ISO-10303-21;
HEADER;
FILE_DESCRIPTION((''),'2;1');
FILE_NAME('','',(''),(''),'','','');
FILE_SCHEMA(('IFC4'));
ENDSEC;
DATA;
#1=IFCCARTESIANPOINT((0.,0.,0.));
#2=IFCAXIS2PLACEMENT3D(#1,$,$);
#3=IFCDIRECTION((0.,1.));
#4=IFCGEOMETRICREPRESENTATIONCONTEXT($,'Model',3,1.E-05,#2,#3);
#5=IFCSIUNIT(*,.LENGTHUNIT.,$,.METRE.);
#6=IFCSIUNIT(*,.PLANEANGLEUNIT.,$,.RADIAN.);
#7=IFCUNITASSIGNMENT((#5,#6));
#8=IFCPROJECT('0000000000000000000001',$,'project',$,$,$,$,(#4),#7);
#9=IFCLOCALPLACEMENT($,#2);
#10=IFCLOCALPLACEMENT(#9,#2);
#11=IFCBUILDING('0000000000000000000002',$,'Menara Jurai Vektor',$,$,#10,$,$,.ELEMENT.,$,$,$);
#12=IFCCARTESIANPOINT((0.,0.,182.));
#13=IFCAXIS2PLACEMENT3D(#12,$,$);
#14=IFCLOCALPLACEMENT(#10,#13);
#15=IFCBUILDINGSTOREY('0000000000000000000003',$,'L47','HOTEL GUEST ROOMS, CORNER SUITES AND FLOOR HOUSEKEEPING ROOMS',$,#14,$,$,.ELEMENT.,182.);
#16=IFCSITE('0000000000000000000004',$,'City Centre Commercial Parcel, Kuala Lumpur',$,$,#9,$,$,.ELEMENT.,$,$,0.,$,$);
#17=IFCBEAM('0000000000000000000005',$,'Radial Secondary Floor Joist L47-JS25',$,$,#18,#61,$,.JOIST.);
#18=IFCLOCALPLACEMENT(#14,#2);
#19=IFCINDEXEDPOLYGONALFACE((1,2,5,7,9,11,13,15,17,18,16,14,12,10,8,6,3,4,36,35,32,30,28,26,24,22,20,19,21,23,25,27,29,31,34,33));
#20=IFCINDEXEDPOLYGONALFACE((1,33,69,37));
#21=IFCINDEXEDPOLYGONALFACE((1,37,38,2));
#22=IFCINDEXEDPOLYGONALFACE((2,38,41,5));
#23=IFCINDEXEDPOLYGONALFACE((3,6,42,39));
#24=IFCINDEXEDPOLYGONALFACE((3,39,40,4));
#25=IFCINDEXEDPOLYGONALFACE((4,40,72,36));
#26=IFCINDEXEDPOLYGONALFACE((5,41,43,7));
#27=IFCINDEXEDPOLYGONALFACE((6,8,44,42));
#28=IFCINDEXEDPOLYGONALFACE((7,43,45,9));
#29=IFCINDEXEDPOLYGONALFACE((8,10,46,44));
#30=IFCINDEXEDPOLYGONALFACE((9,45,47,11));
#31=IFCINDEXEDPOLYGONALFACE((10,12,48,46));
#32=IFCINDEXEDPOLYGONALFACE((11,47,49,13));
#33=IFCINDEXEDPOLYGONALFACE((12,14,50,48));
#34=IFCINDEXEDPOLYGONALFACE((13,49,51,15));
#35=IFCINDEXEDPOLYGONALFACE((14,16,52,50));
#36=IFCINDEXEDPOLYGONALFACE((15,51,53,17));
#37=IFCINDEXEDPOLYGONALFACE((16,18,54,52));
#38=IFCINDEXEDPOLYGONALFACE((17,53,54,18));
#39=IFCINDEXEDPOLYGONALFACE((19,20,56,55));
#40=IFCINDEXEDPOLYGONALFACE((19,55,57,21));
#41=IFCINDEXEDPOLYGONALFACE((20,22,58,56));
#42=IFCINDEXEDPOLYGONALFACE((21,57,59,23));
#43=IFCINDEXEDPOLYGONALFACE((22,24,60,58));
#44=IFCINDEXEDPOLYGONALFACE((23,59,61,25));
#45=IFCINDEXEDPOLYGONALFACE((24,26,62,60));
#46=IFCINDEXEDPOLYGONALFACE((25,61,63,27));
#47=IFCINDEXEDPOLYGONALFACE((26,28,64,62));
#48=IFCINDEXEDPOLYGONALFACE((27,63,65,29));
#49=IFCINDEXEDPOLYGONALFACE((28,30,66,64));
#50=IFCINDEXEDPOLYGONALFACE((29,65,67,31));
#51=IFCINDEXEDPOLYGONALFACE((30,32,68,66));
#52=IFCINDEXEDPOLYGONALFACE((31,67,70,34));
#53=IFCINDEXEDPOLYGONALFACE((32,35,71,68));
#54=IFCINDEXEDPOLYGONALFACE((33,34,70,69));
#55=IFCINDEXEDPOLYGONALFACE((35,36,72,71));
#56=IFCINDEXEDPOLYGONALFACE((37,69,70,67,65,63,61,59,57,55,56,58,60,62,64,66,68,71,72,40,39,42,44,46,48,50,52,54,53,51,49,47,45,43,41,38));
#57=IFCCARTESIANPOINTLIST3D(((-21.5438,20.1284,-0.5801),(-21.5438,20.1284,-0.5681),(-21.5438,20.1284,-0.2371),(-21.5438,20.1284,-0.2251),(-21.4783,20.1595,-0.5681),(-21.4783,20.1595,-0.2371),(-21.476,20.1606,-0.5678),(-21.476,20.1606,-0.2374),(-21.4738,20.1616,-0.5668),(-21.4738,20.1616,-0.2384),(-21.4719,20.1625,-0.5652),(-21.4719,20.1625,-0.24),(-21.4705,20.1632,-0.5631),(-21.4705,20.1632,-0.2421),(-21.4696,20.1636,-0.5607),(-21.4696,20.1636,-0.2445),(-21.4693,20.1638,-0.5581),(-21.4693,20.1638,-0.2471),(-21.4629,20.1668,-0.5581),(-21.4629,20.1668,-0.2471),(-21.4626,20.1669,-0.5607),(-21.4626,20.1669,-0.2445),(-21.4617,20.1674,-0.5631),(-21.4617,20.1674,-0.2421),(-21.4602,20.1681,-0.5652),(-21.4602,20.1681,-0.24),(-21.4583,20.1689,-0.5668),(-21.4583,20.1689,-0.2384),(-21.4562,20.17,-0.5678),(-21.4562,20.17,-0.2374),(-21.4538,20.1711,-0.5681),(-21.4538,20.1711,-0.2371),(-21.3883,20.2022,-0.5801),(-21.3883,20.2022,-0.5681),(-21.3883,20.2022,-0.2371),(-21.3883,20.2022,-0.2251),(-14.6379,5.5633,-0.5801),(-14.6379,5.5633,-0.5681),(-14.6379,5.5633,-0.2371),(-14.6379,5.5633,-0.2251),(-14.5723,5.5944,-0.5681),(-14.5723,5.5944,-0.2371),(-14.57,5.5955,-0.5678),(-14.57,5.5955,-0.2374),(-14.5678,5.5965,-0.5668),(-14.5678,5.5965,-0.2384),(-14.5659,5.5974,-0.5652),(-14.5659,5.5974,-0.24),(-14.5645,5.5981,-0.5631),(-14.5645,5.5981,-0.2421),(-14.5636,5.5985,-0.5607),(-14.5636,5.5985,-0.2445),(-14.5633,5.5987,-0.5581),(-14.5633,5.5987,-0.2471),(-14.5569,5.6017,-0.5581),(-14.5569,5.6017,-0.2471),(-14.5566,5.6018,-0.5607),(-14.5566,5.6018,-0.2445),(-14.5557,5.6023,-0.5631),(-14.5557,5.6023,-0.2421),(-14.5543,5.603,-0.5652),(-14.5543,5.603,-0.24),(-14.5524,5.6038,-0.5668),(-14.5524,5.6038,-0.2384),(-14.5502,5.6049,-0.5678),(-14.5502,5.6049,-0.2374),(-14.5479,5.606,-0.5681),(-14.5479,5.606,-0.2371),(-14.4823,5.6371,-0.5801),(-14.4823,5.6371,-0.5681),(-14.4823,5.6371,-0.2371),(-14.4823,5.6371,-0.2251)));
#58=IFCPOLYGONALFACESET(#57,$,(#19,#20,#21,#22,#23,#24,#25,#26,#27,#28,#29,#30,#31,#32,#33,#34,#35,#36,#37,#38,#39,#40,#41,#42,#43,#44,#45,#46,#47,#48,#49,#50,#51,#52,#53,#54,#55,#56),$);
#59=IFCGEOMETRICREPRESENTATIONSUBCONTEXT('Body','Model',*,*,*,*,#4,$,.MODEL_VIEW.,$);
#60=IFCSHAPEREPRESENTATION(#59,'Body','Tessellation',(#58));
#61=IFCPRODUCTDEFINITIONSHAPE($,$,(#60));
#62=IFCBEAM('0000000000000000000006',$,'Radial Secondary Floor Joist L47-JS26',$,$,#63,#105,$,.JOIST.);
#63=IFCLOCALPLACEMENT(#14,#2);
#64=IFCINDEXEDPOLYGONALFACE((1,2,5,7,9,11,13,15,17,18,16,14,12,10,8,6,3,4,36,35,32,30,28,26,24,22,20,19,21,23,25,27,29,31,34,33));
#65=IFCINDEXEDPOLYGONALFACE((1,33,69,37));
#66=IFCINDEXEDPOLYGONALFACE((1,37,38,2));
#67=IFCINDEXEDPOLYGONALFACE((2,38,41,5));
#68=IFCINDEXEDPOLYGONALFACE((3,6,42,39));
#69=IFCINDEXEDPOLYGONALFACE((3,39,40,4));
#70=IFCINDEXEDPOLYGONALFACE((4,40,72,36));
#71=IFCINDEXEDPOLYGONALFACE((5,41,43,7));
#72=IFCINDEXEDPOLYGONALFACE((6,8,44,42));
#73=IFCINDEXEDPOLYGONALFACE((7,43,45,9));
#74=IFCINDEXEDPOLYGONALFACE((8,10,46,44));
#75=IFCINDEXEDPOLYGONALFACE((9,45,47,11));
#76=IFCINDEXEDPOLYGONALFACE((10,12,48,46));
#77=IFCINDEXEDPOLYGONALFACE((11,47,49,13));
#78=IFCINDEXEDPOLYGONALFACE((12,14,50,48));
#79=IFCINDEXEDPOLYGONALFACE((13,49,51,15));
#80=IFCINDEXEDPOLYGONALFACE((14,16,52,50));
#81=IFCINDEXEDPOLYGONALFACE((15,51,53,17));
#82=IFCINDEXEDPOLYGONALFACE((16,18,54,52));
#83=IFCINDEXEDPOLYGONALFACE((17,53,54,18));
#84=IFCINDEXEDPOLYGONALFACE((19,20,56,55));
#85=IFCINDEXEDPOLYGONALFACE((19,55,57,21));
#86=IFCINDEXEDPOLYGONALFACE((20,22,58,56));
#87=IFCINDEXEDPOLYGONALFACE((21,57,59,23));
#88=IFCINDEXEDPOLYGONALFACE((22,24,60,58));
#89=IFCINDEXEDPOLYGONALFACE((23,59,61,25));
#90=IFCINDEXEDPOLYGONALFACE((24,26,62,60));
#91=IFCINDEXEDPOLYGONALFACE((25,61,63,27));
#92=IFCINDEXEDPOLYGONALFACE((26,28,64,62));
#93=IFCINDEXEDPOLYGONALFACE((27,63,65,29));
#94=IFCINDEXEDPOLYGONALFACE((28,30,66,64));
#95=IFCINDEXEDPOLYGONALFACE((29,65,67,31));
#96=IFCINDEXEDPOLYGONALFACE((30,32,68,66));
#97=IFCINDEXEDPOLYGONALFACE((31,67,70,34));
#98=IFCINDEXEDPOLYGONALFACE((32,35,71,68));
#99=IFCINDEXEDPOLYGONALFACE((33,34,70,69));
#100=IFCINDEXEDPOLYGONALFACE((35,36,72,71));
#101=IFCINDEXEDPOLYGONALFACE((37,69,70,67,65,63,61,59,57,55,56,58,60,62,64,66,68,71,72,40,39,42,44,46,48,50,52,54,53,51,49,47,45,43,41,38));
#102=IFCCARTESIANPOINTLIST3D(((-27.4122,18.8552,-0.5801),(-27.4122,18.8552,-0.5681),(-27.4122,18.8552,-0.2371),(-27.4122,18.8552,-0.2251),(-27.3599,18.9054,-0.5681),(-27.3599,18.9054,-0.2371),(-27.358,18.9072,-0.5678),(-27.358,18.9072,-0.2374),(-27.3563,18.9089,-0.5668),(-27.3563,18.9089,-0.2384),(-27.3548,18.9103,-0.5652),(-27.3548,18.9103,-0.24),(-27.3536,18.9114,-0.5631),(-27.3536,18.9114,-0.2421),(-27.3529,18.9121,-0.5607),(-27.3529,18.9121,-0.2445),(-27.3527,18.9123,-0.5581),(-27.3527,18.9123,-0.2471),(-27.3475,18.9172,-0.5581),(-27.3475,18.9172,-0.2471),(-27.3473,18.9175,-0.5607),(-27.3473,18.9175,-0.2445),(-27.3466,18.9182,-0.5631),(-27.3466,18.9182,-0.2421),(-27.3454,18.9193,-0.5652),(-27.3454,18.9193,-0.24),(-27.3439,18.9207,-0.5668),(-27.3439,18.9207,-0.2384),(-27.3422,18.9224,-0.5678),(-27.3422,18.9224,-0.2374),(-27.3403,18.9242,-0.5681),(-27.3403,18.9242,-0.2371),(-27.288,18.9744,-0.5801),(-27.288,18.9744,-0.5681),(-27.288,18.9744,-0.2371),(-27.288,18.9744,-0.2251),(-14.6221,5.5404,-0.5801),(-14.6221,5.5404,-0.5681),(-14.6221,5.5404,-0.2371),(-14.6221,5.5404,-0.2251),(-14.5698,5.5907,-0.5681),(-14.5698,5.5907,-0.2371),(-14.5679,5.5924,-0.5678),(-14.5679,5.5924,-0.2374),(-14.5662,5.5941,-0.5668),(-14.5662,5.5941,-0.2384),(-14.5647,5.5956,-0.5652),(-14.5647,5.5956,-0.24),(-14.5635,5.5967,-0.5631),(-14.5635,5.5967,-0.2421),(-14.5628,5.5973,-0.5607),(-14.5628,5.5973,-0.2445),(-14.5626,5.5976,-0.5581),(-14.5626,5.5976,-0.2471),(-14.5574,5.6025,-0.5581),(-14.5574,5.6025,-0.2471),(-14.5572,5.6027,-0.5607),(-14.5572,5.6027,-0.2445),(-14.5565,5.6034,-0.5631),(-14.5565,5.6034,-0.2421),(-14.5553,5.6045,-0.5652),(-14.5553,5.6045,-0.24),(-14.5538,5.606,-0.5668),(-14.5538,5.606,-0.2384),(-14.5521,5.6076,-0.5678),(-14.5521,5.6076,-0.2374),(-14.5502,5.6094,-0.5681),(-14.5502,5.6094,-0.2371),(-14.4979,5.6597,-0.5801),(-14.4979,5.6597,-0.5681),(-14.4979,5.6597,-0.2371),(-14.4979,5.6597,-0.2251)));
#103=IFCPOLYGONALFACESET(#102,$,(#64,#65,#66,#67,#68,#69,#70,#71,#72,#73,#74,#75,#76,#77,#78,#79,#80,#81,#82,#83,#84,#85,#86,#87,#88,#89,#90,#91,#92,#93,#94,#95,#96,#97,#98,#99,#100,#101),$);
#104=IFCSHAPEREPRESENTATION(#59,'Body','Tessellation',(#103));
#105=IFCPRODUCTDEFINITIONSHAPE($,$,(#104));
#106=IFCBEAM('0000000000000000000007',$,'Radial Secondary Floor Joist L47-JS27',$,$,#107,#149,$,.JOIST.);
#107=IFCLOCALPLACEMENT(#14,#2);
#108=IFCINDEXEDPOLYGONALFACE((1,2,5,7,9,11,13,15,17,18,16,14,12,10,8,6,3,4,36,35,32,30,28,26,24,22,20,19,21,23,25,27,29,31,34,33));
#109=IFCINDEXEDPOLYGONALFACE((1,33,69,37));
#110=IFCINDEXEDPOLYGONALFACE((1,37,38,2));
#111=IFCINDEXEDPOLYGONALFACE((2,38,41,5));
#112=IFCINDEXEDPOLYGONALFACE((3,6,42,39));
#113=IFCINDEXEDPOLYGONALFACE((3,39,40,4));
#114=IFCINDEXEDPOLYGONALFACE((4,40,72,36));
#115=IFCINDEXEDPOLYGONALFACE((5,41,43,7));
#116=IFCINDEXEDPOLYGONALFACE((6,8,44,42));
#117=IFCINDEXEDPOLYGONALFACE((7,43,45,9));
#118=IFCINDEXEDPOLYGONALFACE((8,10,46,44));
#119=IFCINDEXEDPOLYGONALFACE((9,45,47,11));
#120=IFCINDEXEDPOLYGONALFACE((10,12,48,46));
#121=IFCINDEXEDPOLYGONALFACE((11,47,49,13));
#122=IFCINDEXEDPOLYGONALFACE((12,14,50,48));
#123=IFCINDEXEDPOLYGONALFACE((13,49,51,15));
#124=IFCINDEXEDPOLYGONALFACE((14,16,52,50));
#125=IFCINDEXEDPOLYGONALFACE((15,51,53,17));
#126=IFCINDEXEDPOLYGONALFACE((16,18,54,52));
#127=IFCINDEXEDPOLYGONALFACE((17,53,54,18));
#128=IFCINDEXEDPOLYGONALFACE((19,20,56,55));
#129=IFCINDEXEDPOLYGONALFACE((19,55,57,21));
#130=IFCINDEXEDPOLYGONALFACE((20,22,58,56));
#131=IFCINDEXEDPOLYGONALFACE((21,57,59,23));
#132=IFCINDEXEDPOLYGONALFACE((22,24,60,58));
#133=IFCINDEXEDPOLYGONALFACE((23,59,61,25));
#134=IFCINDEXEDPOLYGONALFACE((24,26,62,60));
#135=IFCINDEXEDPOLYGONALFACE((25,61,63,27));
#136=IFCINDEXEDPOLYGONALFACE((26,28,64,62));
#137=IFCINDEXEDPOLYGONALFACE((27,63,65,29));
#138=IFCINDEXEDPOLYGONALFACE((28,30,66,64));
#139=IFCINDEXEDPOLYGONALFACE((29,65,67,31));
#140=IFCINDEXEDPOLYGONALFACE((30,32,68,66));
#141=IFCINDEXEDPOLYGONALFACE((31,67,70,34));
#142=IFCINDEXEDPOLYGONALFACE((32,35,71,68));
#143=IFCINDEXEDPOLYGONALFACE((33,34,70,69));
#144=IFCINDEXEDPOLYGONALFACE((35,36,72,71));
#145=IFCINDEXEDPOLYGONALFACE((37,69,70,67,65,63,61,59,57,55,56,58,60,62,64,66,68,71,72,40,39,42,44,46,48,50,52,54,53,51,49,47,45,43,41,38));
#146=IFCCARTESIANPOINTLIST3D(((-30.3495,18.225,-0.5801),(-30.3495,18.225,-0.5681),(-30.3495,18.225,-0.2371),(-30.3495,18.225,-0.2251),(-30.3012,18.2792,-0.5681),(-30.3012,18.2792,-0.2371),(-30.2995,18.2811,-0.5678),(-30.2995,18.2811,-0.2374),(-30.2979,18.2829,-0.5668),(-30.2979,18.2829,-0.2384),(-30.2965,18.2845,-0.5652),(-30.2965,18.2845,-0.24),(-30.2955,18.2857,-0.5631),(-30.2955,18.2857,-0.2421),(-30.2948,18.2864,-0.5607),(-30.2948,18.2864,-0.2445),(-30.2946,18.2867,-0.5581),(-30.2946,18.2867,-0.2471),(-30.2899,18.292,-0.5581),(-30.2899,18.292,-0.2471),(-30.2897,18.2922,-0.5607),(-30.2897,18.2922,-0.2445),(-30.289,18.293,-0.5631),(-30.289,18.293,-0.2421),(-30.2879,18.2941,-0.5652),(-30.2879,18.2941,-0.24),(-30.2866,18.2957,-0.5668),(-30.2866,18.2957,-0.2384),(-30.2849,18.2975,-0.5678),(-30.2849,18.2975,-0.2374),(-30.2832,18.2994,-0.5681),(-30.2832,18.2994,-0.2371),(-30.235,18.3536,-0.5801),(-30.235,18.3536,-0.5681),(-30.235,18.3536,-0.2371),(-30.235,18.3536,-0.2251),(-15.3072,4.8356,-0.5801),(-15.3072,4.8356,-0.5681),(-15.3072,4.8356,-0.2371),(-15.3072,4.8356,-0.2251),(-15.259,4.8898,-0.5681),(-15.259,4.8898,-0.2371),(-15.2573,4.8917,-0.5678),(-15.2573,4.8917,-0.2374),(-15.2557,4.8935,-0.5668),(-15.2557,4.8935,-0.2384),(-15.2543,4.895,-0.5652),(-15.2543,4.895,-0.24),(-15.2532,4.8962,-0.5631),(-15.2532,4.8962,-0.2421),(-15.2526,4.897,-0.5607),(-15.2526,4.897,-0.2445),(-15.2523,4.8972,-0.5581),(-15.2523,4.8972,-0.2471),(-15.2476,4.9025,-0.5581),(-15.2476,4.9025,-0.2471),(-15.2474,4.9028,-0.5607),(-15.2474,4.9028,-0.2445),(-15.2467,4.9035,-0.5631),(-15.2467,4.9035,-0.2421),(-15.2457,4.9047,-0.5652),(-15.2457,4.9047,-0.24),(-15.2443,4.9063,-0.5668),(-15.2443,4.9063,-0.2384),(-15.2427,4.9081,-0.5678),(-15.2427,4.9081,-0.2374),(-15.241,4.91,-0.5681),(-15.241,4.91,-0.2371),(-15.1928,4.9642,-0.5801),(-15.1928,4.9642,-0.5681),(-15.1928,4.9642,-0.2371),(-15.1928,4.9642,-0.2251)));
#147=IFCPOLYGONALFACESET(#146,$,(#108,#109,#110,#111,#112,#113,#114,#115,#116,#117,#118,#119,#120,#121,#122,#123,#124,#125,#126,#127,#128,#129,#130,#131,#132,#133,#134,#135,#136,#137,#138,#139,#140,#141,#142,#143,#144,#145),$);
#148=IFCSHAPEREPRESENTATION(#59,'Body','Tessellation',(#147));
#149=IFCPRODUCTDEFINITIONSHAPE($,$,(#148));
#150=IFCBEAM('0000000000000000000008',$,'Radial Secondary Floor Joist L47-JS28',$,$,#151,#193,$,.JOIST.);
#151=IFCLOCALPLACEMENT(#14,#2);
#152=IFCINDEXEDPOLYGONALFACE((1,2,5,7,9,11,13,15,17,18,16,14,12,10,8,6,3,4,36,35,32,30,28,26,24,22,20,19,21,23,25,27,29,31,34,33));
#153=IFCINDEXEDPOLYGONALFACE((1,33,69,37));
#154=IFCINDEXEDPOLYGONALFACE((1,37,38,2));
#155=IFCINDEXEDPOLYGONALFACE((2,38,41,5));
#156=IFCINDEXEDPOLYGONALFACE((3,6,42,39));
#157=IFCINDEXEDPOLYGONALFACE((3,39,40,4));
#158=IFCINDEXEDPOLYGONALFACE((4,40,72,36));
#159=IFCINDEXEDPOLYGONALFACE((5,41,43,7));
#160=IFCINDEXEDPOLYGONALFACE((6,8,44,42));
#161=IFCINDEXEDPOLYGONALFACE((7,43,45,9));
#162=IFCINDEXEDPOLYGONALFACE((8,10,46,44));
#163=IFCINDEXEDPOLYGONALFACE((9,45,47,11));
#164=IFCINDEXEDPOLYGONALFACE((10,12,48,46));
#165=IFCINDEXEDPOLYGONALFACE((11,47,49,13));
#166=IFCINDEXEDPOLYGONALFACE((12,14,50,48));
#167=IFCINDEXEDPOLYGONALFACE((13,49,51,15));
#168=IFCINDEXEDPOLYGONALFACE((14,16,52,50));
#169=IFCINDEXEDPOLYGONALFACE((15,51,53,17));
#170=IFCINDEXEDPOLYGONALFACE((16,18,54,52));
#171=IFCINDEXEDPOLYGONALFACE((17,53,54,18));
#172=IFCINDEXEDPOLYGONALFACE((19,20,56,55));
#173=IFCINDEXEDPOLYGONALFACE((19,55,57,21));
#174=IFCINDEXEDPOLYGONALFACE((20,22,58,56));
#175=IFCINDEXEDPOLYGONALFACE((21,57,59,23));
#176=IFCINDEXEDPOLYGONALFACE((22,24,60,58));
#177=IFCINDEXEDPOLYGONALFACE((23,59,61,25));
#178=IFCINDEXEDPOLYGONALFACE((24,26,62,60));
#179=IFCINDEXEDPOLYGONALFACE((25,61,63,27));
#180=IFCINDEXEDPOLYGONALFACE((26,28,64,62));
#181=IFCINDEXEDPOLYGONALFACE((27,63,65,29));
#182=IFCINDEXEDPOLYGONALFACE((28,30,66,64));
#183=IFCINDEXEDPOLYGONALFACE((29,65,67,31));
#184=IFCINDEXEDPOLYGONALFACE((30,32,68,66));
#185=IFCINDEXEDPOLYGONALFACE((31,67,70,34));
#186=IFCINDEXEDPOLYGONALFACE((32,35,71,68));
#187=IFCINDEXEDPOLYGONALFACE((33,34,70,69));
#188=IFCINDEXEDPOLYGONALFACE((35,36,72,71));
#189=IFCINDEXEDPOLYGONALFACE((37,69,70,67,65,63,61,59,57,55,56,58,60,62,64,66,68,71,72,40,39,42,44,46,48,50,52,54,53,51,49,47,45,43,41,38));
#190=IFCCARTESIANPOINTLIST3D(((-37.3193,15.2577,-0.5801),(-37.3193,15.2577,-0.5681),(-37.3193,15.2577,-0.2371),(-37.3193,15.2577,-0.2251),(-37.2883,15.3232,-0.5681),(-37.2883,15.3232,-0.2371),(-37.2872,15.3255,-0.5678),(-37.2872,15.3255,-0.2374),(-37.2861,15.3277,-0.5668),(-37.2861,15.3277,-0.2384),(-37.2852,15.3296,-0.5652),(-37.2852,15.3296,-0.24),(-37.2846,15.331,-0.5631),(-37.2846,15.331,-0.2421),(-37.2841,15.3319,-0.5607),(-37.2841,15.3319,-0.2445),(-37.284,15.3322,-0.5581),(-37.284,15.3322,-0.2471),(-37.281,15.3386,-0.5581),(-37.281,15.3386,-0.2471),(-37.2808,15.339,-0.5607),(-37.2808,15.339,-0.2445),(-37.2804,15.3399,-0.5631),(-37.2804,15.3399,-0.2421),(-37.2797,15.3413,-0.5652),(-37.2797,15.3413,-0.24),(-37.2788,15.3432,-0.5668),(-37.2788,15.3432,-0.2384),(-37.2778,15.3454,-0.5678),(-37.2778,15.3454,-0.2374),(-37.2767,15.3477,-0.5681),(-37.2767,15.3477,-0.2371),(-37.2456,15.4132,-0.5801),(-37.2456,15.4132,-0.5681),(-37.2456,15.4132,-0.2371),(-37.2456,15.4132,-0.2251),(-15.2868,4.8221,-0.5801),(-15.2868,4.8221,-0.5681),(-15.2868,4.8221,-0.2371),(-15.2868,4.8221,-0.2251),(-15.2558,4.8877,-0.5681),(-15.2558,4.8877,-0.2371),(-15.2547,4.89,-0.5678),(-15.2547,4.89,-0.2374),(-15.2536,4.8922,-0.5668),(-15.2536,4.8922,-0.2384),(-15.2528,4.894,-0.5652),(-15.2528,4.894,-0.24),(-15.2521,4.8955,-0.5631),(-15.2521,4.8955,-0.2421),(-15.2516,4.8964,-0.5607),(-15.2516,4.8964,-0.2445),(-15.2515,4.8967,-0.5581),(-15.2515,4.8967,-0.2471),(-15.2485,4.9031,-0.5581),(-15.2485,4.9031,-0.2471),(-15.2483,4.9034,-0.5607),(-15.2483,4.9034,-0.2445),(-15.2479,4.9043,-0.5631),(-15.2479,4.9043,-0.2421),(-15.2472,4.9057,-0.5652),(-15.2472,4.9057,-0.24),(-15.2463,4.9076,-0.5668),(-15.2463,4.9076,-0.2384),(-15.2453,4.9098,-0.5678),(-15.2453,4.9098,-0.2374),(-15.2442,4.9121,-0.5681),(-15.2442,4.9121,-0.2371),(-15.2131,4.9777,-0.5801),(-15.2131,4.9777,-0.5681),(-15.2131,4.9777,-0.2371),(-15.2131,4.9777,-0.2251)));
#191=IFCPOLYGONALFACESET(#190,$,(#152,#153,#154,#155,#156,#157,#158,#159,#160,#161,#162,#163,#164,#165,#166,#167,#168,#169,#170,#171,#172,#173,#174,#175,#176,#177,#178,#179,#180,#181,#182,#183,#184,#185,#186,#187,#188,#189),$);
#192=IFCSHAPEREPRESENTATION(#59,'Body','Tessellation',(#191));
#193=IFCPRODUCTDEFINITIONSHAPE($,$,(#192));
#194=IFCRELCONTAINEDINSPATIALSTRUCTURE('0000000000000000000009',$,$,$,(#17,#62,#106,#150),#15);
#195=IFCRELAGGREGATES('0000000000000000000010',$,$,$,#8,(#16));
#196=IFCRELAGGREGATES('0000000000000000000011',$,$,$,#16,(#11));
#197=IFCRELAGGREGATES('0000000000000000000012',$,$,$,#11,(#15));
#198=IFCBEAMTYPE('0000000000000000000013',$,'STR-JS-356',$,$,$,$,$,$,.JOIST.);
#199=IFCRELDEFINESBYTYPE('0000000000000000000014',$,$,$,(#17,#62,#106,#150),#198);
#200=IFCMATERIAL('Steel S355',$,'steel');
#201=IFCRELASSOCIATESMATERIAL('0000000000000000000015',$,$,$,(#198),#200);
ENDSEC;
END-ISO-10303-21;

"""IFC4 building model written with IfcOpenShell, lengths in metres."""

from ifc_helpers import new_model, si_unit, direction, frame, origin, origin_2d, place, context, subcontext, project, spatial, i_section, extrude, material, material_profile, profile_set, type_object, element, save


model = new_model("IFC4")

# Units and contexts
model_context = context("Model", 3, precision=1e-05, world=origin(), true_north=direction((0.0, 1.0)))
body_context = subcontext(model_context, "Body", "Model", "MODEL_VIEW")
ifc_project = project(units=[si_unit("LENGTHUNIT", "METRE"), si_unit("PLANEANGLEUNIT", "RADIAN")], contexts=[model_context])

# Site, building, storey
site_placement = place(None, origin())
site = spatial("IfcSite", under=ifc_project, at=site_placement, Name="City Centre Commercial Parcel, Kuala Lumpur", CompositionType="ELEMENT", RefElevation=0.0)
building_placement = place(site_placement, origin())
building = spatial("IfcBuilding", under=site, at=building_placement, Name="Menara Jurai Vektor", CompositionType="ELEMENT")
storey_placement = place(building_placement, frame((0.0, 0.0, 182.0)))
storey = spatial("IfcBuildingStorey", under=building, at=storey_placement, Name="L47", Description="HOTEL GUEST ROOMS, CORNER SUITES AND FLOOR HOUSEKEEPING ROOMS", CompositionType="ELEMENT", Elevation=182.0)

# Shared definitions
ifc_material_1 = material(Name="Steel S355", Category="steel")

# Beams
ifc_material_profile_1 = material_profile(ifc_material_1, i_section(OverallWidth=0.1721, OverallDepth=0.355, WebThickness=0.0071, FlangeThickness=0.012, FilletRadius=0.01, at=origin_2d()), Name="UKB 356x171x51")
ifc_profile_set_1 = profile_set([ifc_material_profile_1], Name="Steel S355")
beam_type_1 = type_object("IfcBeamType", Name="STR-JS-356", PredefinedType="JOIST", material=ifc_profile_set_1)
beam_1_placement = place(storey_placement, frame((-21.4661, 20.1653, -0.4026), z_axis=(0.428426, -0.903577, 0.0), x_axis=(0.903577, 0.428426, 0.0)))
element("IfcBeam", 1, at=beam_1_placement, inside=storey, type_object=beam_type_1, Name="Radial Secondary Floor Joist L47-JS25", PredefinedType="JOIST", context=body_context, shape_type="SweptSolid", body=[
    extrude(i_section(OverallWidth=0.1721, OverallDepth=0.355, WebThickness=0.0071, FlangeThickness=0.012, FilletRadius=0.01, at=origin_2d()), origin(), (0.0, 0.0, 1.0), 16.1194),
])
beam_2_placement = place(storey_placement, frame((-27.3501, 18.9148, -0.4026), z_axis=(0.692755, -0.721173, 0.0), x_axis=(0.721173, 0.692755, 0.0)))
element("IfcBeam", 2, at=beam_2_placement, inside=storey, type_object=beam_type_1, Name="Radial Secondary Floor Joist L47-JS26", PredefinedType="JOIST", context=body_context, shape_type="SweptSolid", body=[
    extrude(i_section(OverallWidth=0.1721, OverallDepth=0.355, WebThickness=0.0071, FlangeThickness=0.012, FilletRadius=0.01, at=origin_2d()), origin(), (0.0, 0.0, 1.0), 18.4626),
])
beam_3_placement = place(storey_placement, frame((-30.2922, 18.2893, -0.4026), z_axis=(0.746952, -0.664878, 0.0), x_axis=(0.664878, 0.746952, 0.0)))
element("IfcBeam", 3, at=beam_3_placement, inside=storey, type_object=beam_type_1, Name="Radial Secondary Floor Joist L47-JS27", PredefinedType="JOIST", context=body_context, shape_type="SweptSolid", body=[
    extrude(i_section(OverallWidth=0.1721, OverallDepth=0.355, WebThickness=0.0071, FlangeThickness=0.012, FilletRadius=0.01, at=origin_2d()), origin(), (0.0, 0.0, 1.0), 20.1382),
])
beam_4_placement = place(storey_placement, frame((-37.2825, 15.3354, -0.4026), z_axis=(0.903752, -0.428057, 0.0), x_axis=(0.428057, 0.903752, 0.0)))
element("IfcBeam", 4, at=beam_4_placement, inside=storey, type_object=beam_type_1, Name="Radial Secondary Floor Joist L47-JS28", PredefinedType="JOIST", context=body_context, shape_type="SweptSolid", body=[
    extrude(i_section(OverallWidth=0.1721, OverallDepth=0.355, WebThickness=0.0071, FlangeThickness=0.012, FilletRadius=0.01, at=origin_2d()), origin(), (0.0, 0.0, 1.0), 24.3789),
])

save(model, "model.ifc")
